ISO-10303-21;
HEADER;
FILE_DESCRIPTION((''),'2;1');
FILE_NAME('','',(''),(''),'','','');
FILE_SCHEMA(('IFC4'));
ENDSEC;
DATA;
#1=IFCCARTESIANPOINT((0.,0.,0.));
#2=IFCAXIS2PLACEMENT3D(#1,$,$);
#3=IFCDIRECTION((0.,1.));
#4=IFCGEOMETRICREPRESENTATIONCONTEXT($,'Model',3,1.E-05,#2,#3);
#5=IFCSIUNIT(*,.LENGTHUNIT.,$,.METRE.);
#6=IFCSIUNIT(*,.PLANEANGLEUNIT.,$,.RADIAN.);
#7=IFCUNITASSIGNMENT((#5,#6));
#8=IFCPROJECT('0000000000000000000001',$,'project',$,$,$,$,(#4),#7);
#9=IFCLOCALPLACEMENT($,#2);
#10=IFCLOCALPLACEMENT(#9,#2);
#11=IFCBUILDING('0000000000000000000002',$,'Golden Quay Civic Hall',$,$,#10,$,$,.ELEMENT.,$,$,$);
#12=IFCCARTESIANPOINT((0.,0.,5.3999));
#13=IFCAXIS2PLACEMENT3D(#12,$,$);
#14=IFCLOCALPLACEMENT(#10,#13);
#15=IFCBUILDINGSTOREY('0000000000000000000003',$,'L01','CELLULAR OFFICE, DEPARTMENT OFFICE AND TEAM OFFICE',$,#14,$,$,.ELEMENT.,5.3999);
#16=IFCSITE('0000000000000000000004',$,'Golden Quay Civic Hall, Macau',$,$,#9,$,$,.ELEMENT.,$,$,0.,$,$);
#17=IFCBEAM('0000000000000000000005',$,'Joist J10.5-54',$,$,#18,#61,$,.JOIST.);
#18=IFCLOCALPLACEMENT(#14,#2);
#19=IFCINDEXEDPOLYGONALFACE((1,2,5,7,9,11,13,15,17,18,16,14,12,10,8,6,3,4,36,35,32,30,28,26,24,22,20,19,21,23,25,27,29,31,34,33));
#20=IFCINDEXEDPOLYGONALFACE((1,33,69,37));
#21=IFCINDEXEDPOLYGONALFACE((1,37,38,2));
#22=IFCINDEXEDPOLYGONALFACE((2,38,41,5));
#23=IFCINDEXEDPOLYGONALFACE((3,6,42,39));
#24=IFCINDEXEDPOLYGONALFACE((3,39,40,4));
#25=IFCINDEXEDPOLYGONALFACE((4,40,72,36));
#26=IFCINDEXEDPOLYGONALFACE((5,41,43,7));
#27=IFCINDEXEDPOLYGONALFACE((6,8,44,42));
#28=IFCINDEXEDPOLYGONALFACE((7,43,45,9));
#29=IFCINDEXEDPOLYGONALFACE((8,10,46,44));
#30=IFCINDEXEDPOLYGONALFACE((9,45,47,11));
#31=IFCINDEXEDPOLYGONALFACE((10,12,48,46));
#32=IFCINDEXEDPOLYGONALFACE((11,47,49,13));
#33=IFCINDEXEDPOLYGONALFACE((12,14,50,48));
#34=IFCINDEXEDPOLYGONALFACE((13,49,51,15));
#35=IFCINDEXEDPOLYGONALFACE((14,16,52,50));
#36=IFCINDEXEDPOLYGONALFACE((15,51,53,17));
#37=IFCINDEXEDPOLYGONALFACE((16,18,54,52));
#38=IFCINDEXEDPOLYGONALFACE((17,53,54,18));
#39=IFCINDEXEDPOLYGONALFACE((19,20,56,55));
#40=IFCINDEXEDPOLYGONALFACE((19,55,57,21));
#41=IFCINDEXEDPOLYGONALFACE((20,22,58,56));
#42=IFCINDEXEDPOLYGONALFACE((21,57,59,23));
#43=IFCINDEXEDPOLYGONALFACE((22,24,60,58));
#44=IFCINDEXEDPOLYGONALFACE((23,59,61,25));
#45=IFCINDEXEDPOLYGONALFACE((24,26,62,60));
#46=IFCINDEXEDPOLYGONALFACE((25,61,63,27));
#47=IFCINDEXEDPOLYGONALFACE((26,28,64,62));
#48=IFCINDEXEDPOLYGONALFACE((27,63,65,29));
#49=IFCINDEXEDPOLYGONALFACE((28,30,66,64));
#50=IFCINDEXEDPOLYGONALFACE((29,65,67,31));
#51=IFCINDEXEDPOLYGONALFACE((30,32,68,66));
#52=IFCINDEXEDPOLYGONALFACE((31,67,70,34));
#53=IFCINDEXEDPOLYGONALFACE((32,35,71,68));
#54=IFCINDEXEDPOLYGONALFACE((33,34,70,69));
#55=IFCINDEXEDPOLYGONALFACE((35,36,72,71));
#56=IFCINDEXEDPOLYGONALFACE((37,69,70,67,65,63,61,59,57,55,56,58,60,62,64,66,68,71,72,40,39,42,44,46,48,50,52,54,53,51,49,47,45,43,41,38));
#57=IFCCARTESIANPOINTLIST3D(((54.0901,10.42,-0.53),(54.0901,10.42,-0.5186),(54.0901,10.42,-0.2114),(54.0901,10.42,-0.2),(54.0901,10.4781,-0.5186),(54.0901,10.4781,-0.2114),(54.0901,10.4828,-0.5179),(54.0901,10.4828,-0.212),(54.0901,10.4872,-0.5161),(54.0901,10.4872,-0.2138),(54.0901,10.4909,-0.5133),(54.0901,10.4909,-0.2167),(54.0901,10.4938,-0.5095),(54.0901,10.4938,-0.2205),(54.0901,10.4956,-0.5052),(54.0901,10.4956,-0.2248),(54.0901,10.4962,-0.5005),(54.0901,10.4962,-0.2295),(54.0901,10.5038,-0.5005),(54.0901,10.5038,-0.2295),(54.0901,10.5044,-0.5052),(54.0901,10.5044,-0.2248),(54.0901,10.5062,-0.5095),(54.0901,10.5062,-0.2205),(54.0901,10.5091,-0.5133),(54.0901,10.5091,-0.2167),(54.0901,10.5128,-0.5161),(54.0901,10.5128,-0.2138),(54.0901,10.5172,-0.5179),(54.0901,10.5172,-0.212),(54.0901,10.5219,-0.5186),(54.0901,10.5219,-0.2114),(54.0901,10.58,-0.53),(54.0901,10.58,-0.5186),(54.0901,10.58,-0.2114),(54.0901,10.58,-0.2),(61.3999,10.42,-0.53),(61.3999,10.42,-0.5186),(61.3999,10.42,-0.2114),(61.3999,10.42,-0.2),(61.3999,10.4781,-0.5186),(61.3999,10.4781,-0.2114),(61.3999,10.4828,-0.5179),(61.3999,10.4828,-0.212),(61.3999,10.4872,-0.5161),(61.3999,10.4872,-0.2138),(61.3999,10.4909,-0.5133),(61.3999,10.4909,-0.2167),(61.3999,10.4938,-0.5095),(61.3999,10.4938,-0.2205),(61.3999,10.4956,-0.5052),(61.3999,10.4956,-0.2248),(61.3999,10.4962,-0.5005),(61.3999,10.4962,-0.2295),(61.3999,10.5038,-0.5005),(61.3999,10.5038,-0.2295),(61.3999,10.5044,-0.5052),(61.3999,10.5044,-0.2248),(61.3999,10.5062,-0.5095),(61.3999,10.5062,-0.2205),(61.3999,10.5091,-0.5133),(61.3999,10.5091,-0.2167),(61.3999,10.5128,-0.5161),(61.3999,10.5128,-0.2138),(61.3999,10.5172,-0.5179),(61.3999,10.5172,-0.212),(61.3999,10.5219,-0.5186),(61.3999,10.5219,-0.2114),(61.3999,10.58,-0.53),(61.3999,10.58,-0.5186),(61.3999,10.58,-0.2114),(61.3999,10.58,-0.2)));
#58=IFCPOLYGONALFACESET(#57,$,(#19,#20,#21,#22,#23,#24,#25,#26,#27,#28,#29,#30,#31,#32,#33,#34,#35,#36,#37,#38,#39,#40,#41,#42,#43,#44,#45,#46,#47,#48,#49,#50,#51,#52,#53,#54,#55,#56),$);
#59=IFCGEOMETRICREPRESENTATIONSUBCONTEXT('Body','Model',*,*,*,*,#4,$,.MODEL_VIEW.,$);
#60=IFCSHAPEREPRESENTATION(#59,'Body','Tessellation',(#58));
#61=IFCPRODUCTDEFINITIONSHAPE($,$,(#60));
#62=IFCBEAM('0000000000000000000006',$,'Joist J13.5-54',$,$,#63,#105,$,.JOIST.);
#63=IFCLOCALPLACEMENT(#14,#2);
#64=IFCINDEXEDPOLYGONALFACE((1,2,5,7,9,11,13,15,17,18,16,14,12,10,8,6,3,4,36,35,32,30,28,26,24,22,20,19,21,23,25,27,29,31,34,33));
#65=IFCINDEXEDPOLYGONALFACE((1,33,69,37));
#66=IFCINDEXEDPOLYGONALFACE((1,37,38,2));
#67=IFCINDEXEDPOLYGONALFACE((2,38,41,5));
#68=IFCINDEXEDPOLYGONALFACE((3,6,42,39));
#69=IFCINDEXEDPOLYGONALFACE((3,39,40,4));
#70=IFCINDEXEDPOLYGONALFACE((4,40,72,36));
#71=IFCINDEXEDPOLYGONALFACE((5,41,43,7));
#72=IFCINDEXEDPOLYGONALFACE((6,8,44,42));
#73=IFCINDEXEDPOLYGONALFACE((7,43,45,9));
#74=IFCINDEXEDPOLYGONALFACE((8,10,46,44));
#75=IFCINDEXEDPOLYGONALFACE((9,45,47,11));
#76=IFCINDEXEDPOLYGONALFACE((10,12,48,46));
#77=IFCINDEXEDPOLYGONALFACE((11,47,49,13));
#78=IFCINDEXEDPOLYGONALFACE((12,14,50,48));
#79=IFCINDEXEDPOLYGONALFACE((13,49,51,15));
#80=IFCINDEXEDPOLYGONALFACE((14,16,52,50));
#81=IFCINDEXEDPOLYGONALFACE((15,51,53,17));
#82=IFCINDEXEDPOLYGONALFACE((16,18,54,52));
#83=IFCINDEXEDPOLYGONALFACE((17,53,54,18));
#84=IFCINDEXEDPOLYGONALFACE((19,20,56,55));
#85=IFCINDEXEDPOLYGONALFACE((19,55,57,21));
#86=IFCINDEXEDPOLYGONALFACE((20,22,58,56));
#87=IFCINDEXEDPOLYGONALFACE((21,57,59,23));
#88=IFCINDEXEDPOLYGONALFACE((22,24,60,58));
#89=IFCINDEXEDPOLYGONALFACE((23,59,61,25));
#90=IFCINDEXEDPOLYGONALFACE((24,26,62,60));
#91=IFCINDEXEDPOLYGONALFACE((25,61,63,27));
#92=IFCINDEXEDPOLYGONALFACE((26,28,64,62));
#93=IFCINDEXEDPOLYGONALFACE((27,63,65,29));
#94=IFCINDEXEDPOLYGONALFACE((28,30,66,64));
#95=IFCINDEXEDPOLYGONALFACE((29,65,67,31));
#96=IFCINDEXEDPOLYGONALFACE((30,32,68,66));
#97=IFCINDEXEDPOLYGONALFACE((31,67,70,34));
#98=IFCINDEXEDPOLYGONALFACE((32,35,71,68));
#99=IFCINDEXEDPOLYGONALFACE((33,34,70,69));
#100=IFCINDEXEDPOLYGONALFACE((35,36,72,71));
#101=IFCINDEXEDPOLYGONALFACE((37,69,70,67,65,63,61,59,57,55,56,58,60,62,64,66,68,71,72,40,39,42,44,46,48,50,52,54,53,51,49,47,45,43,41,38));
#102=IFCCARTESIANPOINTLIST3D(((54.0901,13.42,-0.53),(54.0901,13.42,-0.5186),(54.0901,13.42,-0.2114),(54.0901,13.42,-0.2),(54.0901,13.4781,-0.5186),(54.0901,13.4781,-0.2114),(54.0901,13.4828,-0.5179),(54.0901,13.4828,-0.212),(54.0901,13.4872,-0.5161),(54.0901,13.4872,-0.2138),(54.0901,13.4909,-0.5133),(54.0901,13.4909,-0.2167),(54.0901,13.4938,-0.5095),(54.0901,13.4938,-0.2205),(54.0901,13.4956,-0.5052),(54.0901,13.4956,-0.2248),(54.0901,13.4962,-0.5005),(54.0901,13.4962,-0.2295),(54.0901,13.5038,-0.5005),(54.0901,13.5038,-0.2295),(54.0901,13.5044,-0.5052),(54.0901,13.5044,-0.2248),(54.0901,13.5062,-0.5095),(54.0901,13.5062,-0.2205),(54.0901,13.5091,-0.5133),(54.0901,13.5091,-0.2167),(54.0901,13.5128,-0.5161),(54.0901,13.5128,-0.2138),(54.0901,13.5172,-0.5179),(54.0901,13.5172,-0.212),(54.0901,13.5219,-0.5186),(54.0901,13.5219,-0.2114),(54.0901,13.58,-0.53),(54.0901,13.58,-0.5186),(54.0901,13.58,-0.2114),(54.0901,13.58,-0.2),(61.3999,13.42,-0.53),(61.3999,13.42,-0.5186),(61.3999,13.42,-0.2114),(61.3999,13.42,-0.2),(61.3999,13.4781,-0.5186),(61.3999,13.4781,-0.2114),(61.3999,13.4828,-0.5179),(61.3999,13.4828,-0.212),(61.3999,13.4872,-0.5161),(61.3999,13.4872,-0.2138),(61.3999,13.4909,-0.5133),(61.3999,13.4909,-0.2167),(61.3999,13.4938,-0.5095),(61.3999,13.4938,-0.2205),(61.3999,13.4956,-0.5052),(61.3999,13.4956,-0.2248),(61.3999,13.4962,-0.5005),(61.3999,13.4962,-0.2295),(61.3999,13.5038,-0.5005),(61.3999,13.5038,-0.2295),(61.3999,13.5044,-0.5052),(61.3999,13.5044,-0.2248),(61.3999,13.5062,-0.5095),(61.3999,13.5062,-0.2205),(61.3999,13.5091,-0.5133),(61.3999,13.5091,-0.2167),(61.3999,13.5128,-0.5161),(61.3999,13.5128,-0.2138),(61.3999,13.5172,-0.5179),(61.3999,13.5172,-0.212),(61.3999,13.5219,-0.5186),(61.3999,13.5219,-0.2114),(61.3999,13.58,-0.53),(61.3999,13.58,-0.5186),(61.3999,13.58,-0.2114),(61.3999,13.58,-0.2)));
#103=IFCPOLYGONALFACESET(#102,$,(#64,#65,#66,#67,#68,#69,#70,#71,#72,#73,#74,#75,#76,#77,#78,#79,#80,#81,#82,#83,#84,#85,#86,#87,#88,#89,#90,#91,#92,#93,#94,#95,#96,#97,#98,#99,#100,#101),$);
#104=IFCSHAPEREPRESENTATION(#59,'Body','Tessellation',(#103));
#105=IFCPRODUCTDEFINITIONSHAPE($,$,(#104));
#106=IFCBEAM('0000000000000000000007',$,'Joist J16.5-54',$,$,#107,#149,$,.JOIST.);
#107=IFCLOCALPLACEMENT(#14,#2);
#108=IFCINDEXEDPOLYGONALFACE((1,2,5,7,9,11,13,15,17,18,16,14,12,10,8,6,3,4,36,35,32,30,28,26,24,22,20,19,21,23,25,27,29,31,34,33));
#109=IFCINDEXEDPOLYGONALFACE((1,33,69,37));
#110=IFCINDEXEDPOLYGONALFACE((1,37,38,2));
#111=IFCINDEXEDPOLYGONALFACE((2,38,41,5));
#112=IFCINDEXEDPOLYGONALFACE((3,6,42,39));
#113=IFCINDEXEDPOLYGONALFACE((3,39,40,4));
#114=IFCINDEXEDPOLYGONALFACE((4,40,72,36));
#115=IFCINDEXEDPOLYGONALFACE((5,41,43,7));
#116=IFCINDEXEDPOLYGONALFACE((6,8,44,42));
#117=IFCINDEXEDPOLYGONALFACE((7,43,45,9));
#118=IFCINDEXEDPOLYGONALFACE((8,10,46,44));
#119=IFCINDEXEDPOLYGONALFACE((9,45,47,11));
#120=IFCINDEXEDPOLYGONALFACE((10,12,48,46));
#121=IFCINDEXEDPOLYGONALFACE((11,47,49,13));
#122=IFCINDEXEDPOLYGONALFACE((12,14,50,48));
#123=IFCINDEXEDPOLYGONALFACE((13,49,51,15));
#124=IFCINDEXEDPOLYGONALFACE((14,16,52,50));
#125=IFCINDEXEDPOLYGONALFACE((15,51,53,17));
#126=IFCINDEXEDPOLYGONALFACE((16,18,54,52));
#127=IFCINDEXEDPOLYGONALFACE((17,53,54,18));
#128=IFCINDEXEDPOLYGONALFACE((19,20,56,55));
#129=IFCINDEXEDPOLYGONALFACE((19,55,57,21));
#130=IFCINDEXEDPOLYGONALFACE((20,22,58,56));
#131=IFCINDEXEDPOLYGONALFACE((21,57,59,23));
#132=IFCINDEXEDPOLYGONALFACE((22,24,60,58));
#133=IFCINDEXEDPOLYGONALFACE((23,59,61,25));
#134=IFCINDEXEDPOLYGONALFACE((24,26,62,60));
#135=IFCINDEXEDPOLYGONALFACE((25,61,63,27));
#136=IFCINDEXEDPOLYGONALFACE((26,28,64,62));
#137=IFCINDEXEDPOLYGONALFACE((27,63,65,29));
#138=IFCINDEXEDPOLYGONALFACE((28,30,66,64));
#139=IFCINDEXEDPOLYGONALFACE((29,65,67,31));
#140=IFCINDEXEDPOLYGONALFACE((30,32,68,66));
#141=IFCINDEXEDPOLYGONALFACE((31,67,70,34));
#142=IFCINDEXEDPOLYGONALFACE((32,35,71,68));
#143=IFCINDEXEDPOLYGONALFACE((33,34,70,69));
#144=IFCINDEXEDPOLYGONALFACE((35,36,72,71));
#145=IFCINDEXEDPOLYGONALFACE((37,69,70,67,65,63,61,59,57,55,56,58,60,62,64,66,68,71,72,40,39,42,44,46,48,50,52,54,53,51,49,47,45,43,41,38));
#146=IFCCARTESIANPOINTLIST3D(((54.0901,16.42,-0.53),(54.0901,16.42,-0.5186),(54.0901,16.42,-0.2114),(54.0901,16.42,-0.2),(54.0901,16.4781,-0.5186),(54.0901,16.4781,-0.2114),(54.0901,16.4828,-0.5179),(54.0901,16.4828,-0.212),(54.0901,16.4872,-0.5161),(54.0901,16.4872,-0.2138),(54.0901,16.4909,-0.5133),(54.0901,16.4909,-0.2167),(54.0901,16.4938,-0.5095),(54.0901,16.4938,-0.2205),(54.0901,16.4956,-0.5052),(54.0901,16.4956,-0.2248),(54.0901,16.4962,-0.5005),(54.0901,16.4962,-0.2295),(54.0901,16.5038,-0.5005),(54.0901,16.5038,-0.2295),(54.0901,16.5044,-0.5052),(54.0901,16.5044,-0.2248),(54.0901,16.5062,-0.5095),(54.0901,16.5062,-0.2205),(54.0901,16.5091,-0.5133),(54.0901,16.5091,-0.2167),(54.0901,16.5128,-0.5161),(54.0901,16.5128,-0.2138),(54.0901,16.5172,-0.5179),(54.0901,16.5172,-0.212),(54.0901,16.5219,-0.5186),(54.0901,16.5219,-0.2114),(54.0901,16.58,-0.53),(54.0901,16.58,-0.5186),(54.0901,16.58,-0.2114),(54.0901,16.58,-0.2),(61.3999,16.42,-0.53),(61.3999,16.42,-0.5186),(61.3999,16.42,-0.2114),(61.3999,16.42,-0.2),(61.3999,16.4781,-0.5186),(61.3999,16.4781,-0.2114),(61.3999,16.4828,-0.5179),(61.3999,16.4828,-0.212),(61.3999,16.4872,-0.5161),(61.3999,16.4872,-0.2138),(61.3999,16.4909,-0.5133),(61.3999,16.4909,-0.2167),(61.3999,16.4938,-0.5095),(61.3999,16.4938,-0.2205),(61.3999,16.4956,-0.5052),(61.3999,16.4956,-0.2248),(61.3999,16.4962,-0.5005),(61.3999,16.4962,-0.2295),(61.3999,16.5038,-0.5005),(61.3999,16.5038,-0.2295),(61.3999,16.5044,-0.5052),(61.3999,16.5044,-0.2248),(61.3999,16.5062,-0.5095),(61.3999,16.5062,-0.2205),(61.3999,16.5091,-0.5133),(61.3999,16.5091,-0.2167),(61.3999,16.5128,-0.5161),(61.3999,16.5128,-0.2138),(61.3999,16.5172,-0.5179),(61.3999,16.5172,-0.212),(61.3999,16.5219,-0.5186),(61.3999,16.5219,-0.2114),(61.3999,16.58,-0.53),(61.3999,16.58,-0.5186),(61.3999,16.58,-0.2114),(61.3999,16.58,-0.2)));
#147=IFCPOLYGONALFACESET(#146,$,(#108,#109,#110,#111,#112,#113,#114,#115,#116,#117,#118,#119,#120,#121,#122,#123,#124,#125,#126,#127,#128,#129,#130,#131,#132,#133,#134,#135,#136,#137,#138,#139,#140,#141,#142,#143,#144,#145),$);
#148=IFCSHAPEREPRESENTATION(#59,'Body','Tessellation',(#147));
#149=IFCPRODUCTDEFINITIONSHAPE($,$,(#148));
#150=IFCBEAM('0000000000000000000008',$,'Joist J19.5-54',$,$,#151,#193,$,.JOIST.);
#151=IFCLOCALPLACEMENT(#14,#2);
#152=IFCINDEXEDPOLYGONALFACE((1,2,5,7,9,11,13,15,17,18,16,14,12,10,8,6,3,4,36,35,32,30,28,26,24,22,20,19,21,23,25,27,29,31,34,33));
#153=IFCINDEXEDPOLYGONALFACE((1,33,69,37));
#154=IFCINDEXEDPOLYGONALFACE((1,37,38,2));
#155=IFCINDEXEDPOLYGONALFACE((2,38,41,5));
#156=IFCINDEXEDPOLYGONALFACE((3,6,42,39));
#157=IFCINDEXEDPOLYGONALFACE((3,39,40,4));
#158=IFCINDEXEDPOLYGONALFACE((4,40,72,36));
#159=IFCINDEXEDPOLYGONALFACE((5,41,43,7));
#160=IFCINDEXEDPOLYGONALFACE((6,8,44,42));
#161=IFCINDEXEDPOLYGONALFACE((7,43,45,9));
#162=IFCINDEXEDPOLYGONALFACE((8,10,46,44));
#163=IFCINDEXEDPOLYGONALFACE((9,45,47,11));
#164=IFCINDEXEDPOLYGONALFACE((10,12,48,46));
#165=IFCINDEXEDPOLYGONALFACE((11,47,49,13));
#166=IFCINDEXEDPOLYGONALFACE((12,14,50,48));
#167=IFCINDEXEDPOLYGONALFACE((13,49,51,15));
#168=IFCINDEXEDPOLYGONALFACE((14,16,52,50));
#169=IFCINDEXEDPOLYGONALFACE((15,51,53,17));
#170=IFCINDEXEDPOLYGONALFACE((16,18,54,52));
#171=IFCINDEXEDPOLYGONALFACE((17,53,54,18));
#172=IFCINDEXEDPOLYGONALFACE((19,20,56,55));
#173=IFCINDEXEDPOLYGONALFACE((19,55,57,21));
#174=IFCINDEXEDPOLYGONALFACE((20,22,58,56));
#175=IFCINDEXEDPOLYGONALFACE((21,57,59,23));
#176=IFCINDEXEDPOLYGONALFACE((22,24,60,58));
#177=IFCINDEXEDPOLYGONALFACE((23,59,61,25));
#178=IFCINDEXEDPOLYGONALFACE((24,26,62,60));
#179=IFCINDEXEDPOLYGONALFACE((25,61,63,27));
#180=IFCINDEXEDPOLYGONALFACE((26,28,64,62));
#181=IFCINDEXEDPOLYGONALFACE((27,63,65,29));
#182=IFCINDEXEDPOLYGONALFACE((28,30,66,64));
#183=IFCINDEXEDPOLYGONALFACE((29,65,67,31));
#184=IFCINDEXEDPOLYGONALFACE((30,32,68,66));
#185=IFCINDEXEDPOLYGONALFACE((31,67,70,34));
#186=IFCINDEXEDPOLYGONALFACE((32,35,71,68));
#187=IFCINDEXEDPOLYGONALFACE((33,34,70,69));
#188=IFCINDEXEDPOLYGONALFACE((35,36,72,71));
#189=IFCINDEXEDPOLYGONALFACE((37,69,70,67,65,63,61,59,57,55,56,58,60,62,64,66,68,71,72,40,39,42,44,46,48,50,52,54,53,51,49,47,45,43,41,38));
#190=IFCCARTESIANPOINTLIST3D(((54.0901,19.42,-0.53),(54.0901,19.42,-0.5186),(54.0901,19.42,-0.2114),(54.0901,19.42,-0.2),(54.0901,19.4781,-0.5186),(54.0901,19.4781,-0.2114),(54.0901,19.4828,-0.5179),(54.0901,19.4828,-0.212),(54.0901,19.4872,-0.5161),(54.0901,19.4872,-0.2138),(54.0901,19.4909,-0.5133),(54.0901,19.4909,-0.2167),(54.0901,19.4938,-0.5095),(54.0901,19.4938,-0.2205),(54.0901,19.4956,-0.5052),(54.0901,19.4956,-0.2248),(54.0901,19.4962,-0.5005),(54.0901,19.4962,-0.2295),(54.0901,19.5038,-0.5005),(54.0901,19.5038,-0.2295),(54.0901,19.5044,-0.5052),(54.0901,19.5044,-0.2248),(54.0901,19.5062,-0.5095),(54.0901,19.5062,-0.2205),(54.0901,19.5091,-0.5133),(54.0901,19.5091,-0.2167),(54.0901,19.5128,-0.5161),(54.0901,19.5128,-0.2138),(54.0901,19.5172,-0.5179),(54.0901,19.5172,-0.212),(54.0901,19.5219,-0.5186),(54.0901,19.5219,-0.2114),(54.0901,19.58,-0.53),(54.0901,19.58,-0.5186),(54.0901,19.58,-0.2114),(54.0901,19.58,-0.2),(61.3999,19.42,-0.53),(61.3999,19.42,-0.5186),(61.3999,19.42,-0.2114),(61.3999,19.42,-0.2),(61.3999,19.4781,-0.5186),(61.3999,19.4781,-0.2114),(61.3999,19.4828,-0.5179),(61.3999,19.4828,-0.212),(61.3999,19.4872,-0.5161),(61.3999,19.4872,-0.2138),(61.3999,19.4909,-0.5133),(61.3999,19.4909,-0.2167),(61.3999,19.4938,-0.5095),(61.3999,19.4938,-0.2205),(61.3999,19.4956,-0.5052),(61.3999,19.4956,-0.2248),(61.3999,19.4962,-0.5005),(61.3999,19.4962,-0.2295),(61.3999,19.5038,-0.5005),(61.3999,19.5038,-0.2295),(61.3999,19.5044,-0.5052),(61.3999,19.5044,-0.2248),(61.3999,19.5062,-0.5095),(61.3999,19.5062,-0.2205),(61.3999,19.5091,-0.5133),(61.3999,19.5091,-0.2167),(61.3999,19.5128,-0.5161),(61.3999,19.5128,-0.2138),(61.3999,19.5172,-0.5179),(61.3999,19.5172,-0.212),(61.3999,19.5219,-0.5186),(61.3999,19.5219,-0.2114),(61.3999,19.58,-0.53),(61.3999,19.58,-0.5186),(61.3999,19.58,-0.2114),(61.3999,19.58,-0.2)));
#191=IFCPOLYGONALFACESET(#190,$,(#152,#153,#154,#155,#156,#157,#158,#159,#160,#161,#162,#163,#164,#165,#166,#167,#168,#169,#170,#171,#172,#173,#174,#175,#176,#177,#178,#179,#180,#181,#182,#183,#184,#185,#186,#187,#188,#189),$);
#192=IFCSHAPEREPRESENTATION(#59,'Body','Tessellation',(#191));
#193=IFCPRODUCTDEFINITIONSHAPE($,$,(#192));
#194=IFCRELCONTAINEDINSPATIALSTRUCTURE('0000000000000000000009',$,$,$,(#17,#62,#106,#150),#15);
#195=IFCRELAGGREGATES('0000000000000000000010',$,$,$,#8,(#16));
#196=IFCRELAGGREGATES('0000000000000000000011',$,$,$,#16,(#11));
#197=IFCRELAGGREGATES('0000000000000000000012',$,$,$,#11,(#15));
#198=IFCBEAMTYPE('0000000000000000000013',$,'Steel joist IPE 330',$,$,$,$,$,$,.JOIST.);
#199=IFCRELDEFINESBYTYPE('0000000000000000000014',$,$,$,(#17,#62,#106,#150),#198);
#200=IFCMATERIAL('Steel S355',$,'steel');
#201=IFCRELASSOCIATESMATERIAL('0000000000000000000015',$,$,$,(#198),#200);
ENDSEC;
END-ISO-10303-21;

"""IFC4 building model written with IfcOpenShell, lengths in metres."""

from ifc_helpers import new_model, si_unit, direction, frame, origin, origin_2d, place, context, subcontext, project, spatial, i_section, extrude, material, material_profile, profile_set, type_object, element, save


model = new_model("IFC4")

# Units and contexts
model_context = context("Model", 3, precision=1e-05, world=origin(), true_north=direction((0.0, 1.0)))
body_context = subcontext(model_context, "Body", "Model", "MODEL_VIEW")
ifc_project = project(units=[si_unit("LENGTHUNIT", "METRE"), si_unit("PLANEANGLEUNIT", "RADIAN")], contexts=[model_context])

# Site, building, storey
site_placement = place(None, origin())
site = spatial("IfcSite", under=ifc_project, at=site_placement, Name="Golden Quay Civic Hall, Macau", CompositionType="ELEMENT", RefElevation=0.0)
building_placement = place(site_placement, origin())
building = spatial("IfcBuilding", under=site, at=building_placement, Name="Golden Quay Civic Hall", CompositionType="ELEMENT")
storey_placement = place(building_placement, frame((0.0, 0.0, 5.3999)))
storey = spatial("IfcBuildingStorey", under=building, at=storey_placement, Name="L01", Description="CELLULAR OFFICE, DEPARTMENT OFFICE AND TEAM OFFICE", CompositionType="ELEMENT", Elevation=5.3999)

# Beams
ifc_material_1 = material(Name="Steel S355", Category="steel")
ifc_material_profile_1 = material_profile(ifc_material_1, i_section(OverallWidth=0.1599, OverallDepth=0.3301, WebThickness=0.0076, FlangeThickness=0.0115, FilletRadius=0.0181, at=origin_2d()), Name="IPE 330")
ifc_profile_set_1 = profile_set([ifc_material_profile_1], Name="Steel S355")
beam_type_1 = type_object("IfcBeamType", Name="Steel joist IPE 330", PredefinedType="JOIST", material=ifc_profile_set_1)
for number, where, z_axis, x_axis, name in (
    (1, (54.0901, 10.5, -0.365), (1.0, 0.0, 0.0), (0.0, 1.0, 0.0), "Joist J10.5-54"),
    (2, (54.0901, 13.5, -0.365), (1.0, 0.0, 0.0), (0.0, 1.0, 0.0), "Joist J13.5-54"),
    (3, (54.0901, 16.5, -0.365), (1.0, 0.0, 0.0), (0.0, 1.0, 0.0), "Joist J16.5-54"),
    (4, (54.0901, 19.5, -0.365), (1.0, 0.0, 0.0), (0.0, 1.0, 0.0), "Joist J19.5-54"),
):
    element("IfcBeam", number, at=place(storey_placement, frame(where, z_axis=z_axis, x_axis=x_axis)), inside=storey, type_object=beam_type_1, Name=name, PredefinedType="JOIST", context=body_context, shape_type="SweptSolid", body=[
        extrude(i_section(OverallWidth=0.1599, OverallDepth=0.3301, WebThickness=0.0076, FlangeThickness=0.0115, FilletRadius=0.0181, at=origin_2d()), origin(), (0.0, 0.0, 1.0), 7.3098),
    ])

save(model, "model.ifc")
